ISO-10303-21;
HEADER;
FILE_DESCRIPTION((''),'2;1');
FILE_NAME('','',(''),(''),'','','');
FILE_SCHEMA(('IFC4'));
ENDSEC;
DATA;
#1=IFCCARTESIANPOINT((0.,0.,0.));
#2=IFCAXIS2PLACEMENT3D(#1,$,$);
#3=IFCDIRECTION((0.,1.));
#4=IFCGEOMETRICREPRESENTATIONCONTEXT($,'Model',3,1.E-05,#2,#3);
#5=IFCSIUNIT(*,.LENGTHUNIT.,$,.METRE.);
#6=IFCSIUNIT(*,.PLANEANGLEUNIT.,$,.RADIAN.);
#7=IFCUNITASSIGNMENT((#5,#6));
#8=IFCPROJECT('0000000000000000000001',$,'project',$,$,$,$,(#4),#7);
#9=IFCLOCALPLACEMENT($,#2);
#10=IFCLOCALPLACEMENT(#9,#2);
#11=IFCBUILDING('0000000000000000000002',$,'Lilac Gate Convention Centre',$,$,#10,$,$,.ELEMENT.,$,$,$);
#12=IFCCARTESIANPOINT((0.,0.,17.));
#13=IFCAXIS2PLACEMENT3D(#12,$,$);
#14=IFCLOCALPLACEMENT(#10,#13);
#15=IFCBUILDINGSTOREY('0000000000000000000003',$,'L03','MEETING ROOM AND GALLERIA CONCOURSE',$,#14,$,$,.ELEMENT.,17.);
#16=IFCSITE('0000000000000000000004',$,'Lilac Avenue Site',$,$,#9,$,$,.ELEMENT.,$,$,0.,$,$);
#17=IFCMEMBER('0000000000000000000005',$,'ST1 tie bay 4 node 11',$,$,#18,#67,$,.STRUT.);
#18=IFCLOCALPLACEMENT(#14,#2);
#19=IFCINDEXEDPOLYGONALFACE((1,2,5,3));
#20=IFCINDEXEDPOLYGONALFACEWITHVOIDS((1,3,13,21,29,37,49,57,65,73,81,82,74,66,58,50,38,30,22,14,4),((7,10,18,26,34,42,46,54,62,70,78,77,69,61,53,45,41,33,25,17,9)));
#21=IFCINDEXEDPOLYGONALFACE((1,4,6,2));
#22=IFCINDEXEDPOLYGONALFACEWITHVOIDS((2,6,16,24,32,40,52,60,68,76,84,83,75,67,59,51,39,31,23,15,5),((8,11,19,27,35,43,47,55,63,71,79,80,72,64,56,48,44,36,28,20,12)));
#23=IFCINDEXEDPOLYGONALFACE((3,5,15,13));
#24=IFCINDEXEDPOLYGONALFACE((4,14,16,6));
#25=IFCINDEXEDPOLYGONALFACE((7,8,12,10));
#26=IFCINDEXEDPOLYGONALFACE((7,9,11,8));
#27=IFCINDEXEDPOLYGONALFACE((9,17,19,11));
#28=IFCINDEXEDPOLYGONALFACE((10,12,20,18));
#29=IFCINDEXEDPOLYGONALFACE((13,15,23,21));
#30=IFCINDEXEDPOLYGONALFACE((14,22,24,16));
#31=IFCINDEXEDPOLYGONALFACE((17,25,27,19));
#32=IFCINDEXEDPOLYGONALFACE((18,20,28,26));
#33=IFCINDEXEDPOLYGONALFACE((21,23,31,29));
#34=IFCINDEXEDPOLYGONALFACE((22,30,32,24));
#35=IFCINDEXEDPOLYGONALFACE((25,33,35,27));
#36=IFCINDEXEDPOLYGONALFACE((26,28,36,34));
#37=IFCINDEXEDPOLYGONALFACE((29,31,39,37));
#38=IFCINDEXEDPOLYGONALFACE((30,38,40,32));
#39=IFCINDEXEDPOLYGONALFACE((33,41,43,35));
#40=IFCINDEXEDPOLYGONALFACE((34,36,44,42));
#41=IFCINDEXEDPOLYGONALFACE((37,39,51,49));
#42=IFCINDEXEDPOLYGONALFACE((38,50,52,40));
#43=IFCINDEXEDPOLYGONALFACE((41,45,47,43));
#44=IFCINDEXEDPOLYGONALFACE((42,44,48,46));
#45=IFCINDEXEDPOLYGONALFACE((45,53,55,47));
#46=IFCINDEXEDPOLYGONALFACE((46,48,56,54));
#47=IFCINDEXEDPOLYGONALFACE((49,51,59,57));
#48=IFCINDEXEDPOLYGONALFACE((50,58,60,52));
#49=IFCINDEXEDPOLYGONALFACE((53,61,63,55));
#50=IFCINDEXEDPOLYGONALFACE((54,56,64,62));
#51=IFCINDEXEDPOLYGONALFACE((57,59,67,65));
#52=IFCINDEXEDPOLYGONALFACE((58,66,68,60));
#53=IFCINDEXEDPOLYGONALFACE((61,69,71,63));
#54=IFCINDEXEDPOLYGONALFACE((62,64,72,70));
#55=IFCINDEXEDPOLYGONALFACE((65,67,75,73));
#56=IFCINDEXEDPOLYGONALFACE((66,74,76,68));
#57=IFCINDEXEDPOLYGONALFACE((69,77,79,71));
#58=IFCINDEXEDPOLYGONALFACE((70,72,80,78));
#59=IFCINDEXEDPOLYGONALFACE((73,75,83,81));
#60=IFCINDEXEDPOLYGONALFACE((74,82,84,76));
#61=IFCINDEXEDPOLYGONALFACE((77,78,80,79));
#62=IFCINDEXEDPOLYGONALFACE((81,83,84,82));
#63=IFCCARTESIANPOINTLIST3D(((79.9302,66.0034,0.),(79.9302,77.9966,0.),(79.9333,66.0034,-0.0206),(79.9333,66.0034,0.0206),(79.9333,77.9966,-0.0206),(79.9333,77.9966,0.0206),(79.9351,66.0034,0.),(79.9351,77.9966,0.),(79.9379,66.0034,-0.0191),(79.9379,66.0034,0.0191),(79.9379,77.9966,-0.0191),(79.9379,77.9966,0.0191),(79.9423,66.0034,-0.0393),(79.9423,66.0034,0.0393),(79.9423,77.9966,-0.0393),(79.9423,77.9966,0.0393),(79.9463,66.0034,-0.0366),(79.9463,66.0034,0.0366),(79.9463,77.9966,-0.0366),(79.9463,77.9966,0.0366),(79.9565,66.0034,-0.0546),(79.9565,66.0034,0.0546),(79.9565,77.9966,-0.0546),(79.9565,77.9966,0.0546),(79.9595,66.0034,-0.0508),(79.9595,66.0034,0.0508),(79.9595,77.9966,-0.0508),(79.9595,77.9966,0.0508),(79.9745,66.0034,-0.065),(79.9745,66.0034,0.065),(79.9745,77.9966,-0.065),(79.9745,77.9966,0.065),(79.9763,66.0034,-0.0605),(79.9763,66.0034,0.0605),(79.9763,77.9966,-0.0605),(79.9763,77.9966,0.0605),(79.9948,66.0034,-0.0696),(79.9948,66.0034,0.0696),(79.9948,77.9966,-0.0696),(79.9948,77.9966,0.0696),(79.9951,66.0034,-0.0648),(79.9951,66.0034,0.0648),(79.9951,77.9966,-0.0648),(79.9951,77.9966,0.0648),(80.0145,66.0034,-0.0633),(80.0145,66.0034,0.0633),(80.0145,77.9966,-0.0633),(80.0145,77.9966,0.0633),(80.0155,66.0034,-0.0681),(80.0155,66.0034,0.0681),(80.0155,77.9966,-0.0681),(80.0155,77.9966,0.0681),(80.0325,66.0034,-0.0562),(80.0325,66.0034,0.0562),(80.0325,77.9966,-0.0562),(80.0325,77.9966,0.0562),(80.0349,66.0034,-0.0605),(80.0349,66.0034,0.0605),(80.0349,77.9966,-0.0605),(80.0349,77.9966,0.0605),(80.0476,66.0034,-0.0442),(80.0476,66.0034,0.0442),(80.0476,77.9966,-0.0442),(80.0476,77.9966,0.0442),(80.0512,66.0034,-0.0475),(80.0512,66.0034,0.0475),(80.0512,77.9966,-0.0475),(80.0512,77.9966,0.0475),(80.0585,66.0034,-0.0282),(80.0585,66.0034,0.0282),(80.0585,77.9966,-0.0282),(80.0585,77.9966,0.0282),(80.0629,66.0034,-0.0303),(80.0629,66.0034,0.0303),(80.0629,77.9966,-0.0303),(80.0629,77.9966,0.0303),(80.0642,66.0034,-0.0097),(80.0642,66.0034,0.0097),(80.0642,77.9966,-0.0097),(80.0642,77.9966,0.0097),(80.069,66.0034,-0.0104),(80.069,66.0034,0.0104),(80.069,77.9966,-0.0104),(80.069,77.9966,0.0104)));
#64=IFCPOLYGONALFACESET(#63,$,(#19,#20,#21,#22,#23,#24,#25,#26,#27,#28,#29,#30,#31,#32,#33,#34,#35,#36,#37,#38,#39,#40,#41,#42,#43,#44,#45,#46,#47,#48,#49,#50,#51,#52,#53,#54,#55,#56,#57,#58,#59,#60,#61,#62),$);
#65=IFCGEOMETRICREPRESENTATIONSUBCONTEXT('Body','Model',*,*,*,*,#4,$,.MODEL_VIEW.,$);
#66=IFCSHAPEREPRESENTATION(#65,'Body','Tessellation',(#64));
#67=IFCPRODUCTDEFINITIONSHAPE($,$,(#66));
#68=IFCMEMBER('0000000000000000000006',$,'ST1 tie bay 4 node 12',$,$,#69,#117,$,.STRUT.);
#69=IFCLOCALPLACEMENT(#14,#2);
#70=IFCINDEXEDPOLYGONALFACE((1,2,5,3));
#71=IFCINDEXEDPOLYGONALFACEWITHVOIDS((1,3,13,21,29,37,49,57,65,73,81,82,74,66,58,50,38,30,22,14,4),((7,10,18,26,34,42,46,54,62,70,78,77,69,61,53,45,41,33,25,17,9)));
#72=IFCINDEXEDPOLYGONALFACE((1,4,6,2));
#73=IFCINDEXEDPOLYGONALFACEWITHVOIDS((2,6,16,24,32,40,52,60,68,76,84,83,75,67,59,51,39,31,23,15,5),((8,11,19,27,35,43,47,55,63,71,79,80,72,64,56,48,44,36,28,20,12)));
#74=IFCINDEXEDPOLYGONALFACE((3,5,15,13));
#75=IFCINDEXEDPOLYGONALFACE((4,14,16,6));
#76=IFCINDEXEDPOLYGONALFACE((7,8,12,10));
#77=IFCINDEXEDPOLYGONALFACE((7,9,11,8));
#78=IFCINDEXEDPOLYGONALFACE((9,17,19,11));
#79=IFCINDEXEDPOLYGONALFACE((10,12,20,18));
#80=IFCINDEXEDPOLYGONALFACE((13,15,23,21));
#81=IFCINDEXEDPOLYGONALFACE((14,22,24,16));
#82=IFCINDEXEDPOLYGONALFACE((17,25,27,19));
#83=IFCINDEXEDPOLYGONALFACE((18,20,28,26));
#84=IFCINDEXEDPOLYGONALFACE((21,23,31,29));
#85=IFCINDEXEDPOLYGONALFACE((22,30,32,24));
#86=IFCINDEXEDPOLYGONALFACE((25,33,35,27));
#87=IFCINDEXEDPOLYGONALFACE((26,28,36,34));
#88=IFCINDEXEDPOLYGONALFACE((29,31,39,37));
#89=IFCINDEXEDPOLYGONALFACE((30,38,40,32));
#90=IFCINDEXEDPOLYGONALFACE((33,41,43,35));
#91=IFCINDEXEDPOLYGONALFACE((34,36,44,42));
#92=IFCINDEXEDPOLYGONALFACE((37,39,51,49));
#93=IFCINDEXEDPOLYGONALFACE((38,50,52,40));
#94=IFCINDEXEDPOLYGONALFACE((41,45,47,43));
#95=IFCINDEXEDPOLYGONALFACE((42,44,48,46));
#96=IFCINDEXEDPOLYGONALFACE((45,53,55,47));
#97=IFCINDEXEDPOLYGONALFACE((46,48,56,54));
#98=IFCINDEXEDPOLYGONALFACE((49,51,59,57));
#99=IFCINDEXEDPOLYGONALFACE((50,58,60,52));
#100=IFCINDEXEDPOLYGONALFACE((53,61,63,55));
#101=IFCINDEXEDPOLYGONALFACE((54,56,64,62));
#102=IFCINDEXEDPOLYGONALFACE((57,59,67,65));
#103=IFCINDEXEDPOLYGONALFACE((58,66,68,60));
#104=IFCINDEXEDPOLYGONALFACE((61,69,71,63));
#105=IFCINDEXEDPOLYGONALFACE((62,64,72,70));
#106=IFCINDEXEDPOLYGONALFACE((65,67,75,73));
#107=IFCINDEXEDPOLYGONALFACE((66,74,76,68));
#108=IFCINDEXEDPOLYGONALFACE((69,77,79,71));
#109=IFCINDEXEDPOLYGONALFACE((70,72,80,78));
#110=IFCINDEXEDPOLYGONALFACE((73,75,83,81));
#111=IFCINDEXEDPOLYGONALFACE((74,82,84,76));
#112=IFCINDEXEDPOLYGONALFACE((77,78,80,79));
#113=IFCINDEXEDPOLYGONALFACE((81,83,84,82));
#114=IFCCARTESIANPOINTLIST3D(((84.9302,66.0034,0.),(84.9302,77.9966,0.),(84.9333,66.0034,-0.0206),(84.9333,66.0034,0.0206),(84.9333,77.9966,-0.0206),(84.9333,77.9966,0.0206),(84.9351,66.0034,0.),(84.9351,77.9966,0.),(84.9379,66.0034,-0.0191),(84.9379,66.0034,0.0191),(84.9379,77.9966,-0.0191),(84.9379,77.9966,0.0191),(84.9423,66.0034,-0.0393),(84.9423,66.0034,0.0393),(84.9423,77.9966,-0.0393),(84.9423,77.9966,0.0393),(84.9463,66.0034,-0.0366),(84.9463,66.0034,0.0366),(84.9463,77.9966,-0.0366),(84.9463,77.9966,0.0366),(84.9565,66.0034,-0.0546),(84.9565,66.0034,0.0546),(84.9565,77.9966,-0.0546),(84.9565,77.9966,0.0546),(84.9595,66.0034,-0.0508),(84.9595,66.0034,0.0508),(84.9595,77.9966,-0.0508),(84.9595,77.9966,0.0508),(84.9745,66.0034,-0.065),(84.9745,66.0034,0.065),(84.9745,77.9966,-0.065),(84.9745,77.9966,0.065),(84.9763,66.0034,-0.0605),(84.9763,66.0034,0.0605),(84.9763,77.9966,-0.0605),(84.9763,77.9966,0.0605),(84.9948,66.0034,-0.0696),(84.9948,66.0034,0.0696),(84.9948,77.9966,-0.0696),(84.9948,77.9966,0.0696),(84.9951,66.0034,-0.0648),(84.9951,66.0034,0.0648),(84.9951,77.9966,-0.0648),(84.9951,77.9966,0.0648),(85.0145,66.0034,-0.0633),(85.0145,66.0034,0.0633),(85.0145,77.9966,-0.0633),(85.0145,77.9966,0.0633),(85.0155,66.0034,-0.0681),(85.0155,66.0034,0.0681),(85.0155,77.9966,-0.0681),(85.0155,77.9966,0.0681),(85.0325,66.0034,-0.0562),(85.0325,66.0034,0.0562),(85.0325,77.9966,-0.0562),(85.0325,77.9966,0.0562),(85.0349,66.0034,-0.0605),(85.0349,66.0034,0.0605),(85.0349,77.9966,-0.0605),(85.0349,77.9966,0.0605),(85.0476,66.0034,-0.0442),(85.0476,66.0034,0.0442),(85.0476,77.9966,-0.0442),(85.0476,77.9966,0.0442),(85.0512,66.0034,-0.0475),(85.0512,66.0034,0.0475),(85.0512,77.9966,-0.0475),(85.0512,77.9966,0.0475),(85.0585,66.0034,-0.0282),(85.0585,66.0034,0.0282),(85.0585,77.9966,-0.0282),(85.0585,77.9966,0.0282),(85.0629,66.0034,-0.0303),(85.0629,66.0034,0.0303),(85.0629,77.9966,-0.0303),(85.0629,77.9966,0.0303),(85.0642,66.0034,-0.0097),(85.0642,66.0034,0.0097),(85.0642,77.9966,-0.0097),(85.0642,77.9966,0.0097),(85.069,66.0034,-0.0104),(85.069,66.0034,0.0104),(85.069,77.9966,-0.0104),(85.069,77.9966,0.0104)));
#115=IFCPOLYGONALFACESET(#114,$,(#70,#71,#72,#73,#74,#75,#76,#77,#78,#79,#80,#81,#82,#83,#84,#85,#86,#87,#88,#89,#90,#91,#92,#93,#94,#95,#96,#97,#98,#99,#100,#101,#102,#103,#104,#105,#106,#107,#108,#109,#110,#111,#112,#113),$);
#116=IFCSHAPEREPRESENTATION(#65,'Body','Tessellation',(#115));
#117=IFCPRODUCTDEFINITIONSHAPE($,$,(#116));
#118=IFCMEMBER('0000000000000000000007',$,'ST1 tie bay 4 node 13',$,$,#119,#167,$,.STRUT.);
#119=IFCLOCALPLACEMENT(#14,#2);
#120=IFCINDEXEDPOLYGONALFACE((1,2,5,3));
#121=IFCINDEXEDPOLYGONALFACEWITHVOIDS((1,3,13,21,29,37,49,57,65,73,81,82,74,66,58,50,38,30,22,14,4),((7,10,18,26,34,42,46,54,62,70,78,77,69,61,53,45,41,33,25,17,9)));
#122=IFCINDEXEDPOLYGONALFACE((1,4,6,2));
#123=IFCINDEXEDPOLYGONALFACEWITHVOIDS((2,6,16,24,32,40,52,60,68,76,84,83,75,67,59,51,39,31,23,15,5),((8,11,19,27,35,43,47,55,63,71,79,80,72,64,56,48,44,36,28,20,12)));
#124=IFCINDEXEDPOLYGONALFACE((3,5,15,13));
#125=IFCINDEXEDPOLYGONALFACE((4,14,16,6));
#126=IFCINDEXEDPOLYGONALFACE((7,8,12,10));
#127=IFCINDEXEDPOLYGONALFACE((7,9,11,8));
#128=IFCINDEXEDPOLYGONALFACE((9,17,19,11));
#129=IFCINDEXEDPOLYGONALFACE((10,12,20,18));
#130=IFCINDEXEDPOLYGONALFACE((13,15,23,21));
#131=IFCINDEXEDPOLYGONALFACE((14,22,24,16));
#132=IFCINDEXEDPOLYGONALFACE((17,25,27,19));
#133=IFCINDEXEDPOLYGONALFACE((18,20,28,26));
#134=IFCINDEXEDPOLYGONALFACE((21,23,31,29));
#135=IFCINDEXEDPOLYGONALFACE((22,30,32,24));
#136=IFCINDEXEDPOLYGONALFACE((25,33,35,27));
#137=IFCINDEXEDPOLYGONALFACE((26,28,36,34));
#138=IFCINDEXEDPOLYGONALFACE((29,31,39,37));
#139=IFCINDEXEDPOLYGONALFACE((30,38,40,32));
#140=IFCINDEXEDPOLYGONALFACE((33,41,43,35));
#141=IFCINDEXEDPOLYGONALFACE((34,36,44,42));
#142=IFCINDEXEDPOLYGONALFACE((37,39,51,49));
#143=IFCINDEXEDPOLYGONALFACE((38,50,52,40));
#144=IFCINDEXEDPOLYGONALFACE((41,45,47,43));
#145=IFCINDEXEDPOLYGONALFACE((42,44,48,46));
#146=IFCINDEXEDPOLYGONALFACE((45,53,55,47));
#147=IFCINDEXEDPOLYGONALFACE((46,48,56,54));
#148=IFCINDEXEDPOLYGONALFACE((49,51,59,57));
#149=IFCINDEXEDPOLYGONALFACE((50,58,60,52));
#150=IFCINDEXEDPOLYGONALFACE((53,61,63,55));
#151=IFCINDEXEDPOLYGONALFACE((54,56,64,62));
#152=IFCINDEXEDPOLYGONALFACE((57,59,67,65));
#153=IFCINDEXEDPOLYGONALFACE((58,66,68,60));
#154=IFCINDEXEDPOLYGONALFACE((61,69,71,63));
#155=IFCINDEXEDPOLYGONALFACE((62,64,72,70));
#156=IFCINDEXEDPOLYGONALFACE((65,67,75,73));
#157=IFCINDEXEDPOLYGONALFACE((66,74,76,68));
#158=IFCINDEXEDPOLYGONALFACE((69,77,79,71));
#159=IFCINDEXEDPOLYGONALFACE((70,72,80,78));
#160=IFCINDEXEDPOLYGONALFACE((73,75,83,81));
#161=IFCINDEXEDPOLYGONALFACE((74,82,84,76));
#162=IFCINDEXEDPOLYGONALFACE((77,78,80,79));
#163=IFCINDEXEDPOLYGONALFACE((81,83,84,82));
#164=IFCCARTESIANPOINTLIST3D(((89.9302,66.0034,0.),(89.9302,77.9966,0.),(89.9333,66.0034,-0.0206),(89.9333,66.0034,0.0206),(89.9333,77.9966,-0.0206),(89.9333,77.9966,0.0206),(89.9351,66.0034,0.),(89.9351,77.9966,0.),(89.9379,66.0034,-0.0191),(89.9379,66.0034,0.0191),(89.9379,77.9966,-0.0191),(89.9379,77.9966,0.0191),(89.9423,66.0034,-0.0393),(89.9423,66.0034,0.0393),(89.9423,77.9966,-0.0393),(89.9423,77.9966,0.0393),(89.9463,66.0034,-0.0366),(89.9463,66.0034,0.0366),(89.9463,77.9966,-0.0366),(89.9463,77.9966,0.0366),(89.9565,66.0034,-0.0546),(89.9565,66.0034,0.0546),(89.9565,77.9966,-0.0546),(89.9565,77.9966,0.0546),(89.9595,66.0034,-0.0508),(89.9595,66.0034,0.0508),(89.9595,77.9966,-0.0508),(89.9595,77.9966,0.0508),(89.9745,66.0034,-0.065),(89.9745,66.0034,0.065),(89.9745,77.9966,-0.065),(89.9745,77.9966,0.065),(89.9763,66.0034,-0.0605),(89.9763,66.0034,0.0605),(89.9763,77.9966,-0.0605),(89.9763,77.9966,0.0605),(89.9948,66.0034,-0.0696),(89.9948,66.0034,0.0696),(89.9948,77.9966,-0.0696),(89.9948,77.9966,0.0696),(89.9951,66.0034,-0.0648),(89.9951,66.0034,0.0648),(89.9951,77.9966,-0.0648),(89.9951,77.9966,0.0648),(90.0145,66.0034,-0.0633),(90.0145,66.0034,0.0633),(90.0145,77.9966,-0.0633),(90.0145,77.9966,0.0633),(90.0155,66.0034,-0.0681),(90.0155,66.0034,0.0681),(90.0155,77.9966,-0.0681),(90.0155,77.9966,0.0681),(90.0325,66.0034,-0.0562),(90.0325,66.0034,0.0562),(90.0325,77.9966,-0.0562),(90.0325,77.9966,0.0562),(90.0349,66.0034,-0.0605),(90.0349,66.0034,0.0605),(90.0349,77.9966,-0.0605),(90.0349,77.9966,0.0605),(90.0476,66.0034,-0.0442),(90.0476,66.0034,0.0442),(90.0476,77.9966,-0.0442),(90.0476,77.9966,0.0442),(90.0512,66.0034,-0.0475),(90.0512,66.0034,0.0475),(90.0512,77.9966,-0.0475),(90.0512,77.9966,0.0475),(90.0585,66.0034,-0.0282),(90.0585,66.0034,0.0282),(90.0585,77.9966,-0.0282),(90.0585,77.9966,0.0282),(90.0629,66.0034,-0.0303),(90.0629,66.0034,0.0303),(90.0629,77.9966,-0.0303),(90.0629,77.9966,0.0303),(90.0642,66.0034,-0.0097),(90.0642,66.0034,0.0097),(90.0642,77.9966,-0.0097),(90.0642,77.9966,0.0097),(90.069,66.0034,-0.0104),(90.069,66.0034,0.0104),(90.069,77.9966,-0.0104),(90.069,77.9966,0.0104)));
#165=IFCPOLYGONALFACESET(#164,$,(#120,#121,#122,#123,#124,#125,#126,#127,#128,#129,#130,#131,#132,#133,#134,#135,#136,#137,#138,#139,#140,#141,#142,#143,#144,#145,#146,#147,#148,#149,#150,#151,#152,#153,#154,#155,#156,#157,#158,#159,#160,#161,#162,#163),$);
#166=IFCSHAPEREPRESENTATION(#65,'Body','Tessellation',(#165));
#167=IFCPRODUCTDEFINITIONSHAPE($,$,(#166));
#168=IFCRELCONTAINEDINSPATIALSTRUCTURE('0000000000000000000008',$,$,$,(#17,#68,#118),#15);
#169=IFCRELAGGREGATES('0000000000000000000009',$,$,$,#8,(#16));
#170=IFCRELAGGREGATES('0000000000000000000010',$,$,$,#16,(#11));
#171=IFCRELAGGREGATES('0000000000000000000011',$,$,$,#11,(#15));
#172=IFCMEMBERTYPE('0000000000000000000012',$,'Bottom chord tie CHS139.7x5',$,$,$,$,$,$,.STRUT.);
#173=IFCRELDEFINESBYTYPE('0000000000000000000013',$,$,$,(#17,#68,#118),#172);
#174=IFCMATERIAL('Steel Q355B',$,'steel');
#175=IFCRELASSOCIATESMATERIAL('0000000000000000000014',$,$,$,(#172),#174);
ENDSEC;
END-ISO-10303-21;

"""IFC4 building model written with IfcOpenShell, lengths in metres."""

from ifc_helpers import new_model, si_unit, direction, frame, origin, origin_2d, place, context, subcontext, project, spatial, hollow_circle, extrude, material, material_profile, profile_set, type_object, element, save


model = new_model("IFC4")

# Units and contexts
model_context = context("Model", 3, precision=1e-05, world=origin(), true_north=direction((0.0, 1.0)))
body_context = subcontext(model_context, "Body", "Model", "MODEL_VIEW")
ifc_project = project(units=[si_unit("LENGTHUNIT", "METRE"), si_unit("PLANEANGLEUNIT", "RADIAN")], contexts=[model_context])

# Site, building, storey
site_placement = place(None, origin())
site = spatial("IfcSite", under=ifc_project, at=site_placement, Name="Lilac Avenue Site", CompositionType="ELEMENT", RefElevation=0.0)
building_placement = place(site_placement, origin())
building = spatial("IfcBuilding", under=site, at=building_placement, Name="Lilac Gate Convention Centre", CompositionType="ELEMENT")
storey_placement = place(building_placement, frame((0.0, 0.0, 17.0)))
storey = spatial("IfcBuildingStorey", under=building, at=storey_placement, Name="L03", Description="MEETING ROOM AND GALLERIA CONCOURSE", CompositionType="ELEMENT", Elevation=17.0)

# Members
ifc_material = material(Name="Steel Q355B", Category="steel")
ifc_material_profile_1 = material_profile(ifc_material, hollow_circle(Radius=0.0698, WallThickness=0.0049, at=origin_2d()), Name="CHS139.7x5")
ifc_profile_set_1 = profile_set([ifc_material_profile_1], Name="Steel Q355B")
member_type_1 = type_object("IfcMemberType", Name="Bottom chord tie CHS139.7x5", PredefinedType="STRUT", material=ifc_profile_set_1)
for number, where, z_axis, x_axis, name in (
    (1, (80.0, 66.0034, 0.0), (0.0, 1.0, 0.0), (-1.0, 0.0, 0.0), "ST1 tie bay 4 node 11"),
    (2, (85.0, 66.0034, 0.0), (0.0, 1.0, 0.0), (-1.0, 0.0, 0.0), "ST1 tie bay 4 node 12"),
    (3, (90.0, 66.0034, 0.0), (0.0, 1.0, 0.0), (-1.0, 0.0, 0.0), "ST1 tie bay 4 node 13"),
):
    element("IfcMember", number, at=place(storey_placement, frame(where, z_axis=z_axis, x_axis=x_axis)), inside=storey, type_object=member_type_1, Name=name, PredefinedType="STRUT", context=body_context, shape_type="SweptSolid", body=[
        extrude(hollow_circle(Radius=0.0698, WallThickness=0.0049, at=origin_2d()), origin(), (0.0, 0.0, 1.0), 11.9932),
    ])

save(model, "model.ifc")
